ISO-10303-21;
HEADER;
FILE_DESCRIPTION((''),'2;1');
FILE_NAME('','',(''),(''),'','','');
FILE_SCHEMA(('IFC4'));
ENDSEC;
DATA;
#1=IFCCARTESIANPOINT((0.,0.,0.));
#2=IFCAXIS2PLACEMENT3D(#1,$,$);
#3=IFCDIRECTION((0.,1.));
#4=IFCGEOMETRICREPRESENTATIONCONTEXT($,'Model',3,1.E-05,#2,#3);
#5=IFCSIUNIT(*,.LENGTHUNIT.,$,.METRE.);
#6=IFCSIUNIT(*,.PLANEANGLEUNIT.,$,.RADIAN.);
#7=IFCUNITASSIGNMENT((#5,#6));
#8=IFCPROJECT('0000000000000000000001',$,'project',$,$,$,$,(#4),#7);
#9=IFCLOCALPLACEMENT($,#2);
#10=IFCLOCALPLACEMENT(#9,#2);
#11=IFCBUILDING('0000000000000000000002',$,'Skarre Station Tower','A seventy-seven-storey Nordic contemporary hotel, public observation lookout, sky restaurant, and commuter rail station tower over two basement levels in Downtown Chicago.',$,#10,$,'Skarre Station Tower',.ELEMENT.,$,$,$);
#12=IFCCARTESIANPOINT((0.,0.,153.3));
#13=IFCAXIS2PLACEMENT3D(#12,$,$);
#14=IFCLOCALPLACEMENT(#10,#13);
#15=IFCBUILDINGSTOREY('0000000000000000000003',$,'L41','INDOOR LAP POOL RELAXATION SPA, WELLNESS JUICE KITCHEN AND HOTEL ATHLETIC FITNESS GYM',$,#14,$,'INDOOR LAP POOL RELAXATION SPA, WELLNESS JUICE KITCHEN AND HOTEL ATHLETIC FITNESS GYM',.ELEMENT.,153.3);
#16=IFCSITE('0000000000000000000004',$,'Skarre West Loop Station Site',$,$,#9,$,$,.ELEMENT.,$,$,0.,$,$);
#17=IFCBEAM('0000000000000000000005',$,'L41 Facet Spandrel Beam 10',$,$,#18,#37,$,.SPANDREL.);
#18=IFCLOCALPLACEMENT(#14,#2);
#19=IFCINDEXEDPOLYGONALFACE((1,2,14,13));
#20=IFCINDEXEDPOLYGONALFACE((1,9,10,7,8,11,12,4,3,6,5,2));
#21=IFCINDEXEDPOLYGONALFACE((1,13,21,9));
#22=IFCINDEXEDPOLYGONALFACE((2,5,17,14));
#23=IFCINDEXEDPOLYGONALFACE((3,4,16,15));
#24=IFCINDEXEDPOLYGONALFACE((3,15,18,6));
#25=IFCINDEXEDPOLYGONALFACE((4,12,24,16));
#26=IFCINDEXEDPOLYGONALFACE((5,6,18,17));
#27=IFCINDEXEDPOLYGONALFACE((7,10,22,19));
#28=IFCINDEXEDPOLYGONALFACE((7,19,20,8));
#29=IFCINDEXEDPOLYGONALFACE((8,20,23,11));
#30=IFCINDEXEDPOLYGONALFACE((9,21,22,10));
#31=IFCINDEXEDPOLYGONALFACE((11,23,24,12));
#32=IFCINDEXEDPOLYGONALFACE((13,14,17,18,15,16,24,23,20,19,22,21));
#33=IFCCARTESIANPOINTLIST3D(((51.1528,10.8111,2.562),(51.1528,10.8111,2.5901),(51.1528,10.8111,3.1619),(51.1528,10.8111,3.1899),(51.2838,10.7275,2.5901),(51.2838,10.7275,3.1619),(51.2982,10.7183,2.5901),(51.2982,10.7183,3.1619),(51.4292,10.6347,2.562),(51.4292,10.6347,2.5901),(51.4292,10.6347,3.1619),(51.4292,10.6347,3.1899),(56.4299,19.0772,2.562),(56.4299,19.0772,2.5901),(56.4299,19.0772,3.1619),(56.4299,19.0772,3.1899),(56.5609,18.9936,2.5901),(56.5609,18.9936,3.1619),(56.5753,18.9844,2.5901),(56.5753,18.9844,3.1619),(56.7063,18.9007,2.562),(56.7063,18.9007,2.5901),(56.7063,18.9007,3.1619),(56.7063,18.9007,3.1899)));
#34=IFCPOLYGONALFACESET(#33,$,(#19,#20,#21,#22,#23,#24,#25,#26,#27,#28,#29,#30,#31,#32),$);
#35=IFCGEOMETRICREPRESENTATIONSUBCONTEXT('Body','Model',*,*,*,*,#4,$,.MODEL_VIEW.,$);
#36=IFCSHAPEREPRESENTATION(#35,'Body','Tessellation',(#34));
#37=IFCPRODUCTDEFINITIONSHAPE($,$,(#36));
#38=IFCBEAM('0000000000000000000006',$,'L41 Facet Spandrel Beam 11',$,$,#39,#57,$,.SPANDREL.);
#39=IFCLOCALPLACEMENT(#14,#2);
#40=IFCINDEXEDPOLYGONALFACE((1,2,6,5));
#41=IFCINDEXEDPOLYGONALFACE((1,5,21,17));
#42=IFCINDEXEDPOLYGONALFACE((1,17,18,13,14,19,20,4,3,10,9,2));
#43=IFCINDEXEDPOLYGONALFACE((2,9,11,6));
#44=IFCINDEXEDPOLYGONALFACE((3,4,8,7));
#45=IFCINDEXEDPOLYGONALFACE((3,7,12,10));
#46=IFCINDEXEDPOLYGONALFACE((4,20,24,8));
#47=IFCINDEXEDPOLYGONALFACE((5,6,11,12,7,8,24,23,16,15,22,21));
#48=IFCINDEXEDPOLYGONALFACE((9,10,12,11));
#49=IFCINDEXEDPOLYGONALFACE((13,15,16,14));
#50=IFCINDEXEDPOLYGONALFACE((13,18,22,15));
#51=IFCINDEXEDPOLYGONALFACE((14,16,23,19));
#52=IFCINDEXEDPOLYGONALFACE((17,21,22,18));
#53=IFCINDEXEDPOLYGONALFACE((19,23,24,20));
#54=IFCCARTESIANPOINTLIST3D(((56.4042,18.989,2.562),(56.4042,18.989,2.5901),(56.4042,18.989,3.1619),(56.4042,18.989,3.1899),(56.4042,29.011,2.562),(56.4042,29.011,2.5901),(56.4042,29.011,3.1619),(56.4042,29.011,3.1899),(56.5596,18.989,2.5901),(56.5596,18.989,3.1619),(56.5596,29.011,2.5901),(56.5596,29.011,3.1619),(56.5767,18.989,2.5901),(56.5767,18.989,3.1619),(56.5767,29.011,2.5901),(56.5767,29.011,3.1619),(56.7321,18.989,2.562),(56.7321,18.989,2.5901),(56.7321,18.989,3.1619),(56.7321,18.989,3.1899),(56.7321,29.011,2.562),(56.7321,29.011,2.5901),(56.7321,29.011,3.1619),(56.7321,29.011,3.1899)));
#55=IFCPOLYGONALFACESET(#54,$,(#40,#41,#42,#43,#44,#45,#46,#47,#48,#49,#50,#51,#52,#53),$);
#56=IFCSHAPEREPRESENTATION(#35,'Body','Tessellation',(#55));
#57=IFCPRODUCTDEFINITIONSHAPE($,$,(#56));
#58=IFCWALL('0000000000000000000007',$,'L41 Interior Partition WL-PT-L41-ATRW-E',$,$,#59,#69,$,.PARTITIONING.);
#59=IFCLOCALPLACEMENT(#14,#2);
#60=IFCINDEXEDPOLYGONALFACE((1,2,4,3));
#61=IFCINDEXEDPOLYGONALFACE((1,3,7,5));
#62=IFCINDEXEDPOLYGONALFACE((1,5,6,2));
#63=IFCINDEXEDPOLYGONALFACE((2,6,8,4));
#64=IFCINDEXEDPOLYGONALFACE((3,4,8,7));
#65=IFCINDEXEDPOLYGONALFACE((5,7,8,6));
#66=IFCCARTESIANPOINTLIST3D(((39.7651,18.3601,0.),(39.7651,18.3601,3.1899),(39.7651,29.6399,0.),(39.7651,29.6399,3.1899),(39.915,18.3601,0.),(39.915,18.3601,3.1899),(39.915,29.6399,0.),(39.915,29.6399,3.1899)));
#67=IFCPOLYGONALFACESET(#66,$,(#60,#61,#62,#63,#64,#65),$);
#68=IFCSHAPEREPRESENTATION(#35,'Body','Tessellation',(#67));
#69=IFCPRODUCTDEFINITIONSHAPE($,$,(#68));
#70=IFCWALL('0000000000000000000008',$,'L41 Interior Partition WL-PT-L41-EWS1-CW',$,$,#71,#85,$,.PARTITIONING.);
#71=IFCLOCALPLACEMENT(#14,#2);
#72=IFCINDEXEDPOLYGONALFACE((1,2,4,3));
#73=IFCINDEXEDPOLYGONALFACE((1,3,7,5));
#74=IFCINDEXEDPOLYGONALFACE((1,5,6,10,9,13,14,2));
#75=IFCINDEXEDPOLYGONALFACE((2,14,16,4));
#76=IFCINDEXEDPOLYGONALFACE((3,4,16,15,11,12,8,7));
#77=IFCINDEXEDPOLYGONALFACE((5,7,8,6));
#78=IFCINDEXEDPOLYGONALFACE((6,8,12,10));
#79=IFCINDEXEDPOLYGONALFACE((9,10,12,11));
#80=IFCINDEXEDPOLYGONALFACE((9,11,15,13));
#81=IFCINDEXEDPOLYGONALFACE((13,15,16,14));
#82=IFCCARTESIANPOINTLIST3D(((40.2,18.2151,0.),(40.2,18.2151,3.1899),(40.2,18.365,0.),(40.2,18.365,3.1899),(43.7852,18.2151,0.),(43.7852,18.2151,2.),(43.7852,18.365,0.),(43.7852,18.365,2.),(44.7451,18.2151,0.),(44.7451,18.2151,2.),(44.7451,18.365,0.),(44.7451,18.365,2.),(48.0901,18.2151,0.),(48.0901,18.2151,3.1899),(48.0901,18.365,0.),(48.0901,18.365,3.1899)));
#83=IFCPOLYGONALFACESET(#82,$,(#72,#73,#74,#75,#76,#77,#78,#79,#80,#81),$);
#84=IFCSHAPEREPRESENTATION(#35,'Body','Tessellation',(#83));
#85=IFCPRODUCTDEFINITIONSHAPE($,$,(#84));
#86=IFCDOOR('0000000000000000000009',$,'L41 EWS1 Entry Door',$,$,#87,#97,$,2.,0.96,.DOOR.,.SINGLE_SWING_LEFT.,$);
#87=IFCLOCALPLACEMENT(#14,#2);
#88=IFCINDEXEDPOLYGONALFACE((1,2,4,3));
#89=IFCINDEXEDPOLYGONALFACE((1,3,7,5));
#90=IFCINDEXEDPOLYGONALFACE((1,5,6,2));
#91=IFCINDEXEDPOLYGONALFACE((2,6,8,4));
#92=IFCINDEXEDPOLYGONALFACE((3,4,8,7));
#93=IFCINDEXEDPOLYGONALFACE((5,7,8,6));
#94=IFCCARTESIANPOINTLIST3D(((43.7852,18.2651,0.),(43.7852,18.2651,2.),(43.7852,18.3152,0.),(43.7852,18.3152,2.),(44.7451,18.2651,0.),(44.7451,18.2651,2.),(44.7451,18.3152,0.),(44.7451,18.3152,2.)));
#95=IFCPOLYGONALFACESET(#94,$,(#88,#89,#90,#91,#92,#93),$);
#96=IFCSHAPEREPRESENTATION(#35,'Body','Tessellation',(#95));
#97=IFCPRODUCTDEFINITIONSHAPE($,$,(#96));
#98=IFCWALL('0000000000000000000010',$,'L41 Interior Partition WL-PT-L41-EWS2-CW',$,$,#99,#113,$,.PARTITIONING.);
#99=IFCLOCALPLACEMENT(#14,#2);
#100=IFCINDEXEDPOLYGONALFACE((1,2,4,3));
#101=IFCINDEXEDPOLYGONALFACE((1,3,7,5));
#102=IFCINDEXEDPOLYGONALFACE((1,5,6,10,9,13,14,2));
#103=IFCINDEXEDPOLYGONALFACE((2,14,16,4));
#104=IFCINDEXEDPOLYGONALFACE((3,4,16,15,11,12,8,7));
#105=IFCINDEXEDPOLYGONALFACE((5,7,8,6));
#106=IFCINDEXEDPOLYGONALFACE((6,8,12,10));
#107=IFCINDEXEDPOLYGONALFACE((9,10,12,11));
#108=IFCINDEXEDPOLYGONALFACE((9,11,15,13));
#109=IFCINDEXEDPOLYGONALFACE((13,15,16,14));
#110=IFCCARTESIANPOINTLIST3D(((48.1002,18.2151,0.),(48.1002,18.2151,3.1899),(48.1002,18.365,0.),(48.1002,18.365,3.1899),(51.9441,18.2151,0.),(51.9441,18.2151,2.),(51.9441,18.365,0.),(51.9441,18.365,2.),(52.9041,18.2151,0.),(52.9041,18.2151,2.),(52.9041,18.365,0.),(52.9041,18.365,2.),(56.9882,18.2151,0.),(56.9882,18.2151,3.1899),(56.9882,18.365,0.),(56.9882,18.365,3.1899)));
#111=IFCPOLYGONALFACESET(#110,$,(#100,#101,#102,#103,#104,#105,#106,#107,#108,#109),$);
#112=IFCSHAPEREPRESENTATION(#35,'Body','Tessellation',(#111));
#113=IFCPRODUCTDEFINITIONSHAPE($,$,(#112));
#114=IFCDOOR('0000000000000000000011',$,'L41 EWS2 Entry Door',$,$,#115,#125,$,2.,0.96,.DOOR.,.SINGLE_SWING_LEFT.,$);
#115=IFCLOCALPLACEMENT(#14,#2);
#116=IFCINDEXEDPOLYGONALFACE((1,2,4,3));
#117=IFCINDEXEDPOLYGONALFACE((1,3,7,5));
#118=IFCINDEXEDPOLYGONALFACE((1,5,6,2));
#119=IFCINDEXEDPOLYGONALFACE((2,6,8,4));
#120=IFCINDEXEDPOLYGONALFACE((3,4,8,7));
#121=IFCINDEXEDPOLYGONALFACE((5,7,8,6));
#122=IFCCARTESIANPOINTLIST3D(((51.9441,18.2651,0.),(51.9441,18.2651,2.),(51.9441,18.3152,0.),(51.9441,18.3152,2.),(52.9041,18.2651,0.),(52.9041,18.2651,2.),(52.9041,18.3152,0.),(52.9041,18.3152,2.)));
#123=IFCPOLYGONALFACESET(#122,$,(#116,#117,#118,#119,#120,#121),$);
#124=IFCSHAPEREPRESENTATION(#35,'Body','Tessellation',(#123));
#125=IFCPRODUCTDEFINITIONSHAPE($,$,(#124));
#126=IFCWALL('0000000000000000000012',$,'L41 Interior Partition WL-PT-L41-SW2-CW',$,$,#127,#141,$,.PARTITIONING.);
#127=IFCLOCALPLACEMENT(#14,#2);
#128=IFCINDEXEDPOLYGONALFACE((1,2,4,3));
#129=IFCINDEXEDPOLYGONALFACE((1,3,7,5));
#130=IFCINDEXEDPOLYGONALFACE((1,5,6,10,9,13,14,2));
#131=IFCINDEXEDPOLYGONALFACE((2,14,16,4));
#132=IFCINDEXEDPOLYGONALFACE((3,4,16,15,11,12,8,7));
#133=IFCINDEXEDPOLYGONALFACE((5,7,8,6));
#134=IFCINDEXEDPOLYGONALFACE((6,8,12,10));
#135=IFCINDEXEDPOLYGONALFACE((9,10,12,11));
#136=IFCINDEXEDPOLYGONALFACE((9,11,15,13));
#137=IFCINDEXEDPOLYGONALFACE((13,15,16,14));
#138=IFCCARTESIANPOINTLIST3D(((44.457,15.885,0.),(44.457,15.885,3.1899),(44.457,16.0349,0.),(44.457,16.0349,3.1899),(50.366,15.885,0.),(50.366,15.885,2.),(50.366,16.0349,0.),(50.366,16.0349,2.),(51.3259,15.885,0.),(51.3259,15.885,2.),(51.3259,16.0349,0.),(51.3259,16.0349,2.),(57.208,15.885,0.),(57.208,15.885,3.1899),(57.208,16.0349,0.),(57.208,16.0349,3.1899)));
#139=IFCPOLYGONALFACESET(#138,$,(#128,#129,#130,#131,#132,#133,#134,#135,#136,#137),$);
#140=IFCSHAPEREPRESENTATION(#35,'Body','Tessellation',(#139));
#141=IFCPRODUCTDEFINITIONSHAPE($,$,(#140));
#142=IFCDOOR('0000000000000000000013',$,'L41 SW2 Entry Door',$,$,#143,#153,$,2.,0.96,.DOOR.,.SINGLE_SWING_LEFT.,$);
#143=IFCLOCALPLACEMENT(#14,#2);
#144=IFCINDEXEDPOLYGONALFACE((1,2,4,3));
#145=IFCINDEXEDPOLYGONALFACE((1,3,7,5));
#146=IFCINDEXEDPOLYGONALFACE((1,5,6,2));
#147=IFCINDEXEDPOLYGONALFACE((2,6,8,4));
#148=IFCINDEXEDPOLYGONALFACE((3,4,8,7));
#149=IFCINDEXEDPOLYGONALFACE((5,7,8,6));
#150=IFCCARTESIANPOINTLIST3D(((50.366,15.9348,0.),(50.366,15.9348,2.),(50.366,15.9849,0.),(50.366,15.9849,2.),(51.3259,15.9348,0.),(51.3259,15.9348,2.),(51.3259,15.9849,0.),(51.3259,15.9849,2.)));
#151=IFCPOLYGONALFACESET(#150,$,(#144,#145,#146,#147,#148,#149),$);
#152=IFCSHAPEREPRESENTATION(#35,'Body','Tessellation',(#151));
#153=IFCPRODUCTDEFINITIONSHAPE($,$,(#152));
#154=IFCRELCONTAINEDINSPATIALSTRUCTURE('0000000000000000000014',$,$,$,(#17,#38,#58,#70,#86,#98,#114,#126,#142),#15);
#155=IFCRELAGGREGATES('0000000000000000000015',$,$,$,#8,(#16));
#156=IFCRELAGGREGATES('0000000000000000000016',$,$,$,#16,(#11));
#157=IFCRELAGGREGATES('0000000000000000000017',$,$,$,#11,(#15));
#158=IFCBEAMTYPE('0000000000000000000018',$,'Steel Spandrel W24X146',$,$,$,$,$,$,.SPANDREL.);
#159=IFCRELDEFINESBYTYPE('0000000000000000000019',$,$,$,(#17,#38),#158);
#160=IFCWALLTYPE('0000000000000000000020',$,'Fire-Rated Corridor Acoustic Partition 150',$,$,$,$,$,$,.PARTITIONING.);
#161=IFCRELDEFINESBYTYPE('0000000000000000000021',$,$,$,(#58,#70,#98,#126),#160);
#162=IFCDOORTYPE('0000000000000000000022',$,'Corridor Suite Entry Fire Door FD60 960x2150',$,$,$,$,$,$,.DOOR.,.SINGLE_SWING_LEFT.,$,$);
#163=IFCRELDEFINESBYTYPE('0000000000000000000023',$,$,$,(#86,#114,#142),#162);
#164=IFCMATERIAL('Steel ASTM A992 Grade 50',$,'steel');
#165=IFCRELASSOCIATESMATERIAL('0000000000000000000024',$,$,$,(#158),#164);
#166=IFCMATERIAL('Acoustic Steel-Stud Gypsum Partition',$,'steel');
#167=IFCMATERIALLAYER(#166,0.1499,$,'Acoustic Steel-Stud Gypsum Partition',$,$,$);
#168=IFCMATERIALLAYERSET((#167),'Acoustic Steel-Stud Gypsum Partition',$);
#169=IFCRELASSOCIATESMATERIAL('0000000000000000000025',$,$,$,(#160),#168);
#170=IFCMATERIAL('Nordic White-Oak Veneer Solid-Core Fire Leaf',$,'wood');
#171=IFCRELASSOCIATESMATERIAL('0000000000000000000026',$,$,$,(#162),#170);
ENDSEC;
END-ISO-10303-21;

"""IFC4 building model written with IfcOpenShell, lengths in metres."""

from ifc_helpers import new_model, si_unit, direction, frame, frame_2d, origin, origin_2d, place, context, subcontext, project, spatial, rectangle, i_section, extrude, material, layer, layer_set, material_profile, profile_set, type_object, element, fill, save


model = new_model("IFC4")

# Units and contexts
model_context = context("Model", 3, precision=1e-05, world=origin(), true_north=direction((0.0, 1.0)))
body_context = subcontext(model_context, "Body", "Model", "MODEL_VIEW")
ifc_project = project(units=[si_unit("LENGTHUNIT", "METRE"), si_unit("PLANEANGLEUNIT", "RADIAN")], contexts=[model_context])

# Site, building, storey
site_placement = place(None, origin())
site = spatial("IfcSite", under=ifc_project, at=site_placement, Name="Skarre West Loop Station Site", CompositionType="ELEMENT", RefElevation=0.0)
building_placement = place(site_placement, origin())
building = spatial("IfcBuilding", under=site, at=building_placement, Name="Skarre Station Tower", Description="A seventy-seven-storey Nordic contemporary hotel, public observation lookout, sky restaurant, and commuter rail station tower over two basement levels in Downtown Chicago.", LongName="Skarre Station Tower", CompositionType="ELEMENT")
storey_placement = place(building_placement, frame((0.0, 0.0, 153.3)))
storey = spatial("IfcBuildingStorey", under=building, at=storey_placement, Name="L41", Description="INDOOR LAP POOL RELAXATION SPA, WELLNESS JUICE KITCHEN AND HOTEL ATHLETIC FITNESS GYM", LongName="INDOOR LAP POOL RELAXATION SPA, WELLNESS JUICE KITCHEN AND HOTEL ATHLETIC FITNESS GYM", CompositionType="ELEMENT", Elevation=153.3)

# Beams
ifc_material_1 = material(Name="Steel ASTM A992 Grade 50", Category="steel")
ifc_material_profile_1 = material_profile(ifc_material_1, i_section(OverallWidth=0.3279, OverallDepth=0.6279, WebThickness=0.0171, FlangeThickness=0.0281, at=origin_2d()), Name="Steel ASTM A992 Grade 50")
ifc_profile_set_1 = profile_set([ifc_material_profile_1], Name="Steel ASTM A992 Grade 50")
beam_type_1 = type_object("IfcBeamType", Name="Steel Spandrel W24X146", PredefinedType="SPANDREL", material=ifc_profile_set_1)
beam_1_placement = place(storey_placement, frame((51.291, 10.7229, 2.876), z_axis=(0.538098, 0.842883, 0.0), x_axis=(-0.842883, 0.538098, 0.0)))
element("IfcBeam", 1, at=beam_1_placement, inside=storey, type_object=beam_type_1, Name="L41 Facet Spandrel Beam 10", PredefinedType="SPANDREL", context=body_context, shape_type="SweptSolid", body=[
    extrude(i_section(OverallWidth=0.3279, OverallDepth=0.6279, WebThickness=0.0171, FlangeThickness=0.0281, at=origin_2d()), origin(), (0.0, 0.0, 1.0), 9.8069),
])
beam_2_placement = place(storey_placement, frame((56.5681, 18.989, 2.876), z_axis=(0.0, 1.0, 0.0), x_axis=(-1.0, 0.0, 0.0)))
element("IfcBeam", 2, at=beam_2_placement, inside=storey, type_object=beam_type_1, Name="L41 Facet Spandrel Beam 11", PredefinedType="SPANDREL", context=body_context, shape_type="SweptSolid", body=[
    extrude(i_section(OverallWidth=0.3279, OverallDepth=0.6279, WebThickness=0.0171, FlangeThickness=0.0281, at=origin_2d()), origin(), (0.0, 0.0, 1.0), 10.022),
])

# Wall
ifc_material_2 = material(Name="Acoustic Steel-Stud Gypsum Partition", Category="steel")
ifc_layer_1 = layer(ifc_material_2, 0.1499, Name="Acoustic Steel-Stud Gypsum Partition")
ifc_layer_set_1 = layer_set([ifc_layer_1], Name="Acoustic Steel-Stud Gypsum Partition")
wall_type_1 = type_object("IfcWallType", Name="Fire-Rated Corridor Acoustic Partition 150", PredefinedType="PARTITIONING", material=ifc_layer_set_1)
wall_1_placement = place(storey_placement, frame((39.8401, 18.3601, 0.0), z_axis=(0.0, 0.0, 1.0), x_axis=(0.0, 1.0, 0.0)))
element("IfcWall", 3, at=wall_1_placement, inside=storey, type_object=wall_type_1, Name="L41 Interior Partition WL-PT-L41-ATRW-E", PredefinedType="PARTITIONING", context=body_context, shape_type="SweptSolid", body=[
    extrude(rectangle(XDim=11.2798, YDim=0.1499, at=frame_2d((5.6399, 0.0))), origin(), (0.0, 0.0, 1.0), 3.1899),
])

# Walls, openings, doors
wall_2_placement = place(storey_placement, frame((48.0901, 18.29, 0.0), z_axis=(0.0, 0.0, 1.0), x_axis=(-1.0, 0.0, 0.0)))
wall_2 = element("IfcWall", 4, at=wall_2_placement, inside=storey, type_object=wall_type_1, Name="L41 Interior Partition WL-PT-L41-EWS1-CW", PredefinedType="PARTITIONING", context=body_context, shape_type="SweptSolid", body=[
    extrude(rectangle(XDim=7.8901, YDim=0.1499, at=frame_2d((3.9451, 0.0))), origin(), (0.0, 0.0, 1.0), 3.1899),
])
opening_1_placement = place(wall_2_placement, frame((3.345, 0.0, 0.0)))
opening_1 = element("IfcOpeningElement", 5, at=opening_1_placement, cuts=wall_2, PredefinedType="OPENING", context=body_context, shape_type="SweptSolid", body=[
    extrude(rectangle(XDim=0.96, YDim=2.0, at=frame_2d((0.48, 1.0))), frame((0.0, 0.085, 0.0), z_axis=(0.0, -1.0, 0.0), x_axis=(1.0, 0.0, 0.0)), (0.0, 0.0, 1.0), 0.1699),
])
ifc_material_3 = material(Name="Nordic White-Oak Veneer Solid-Core Fire Leaf", Category="wood")
door_type_1 = type_object("IfcDoorType", Name="Corridor Suite Entry Fire Door FD60 960x2150", OperationType="SINGLE_SWING_LEFT", PredefinedType="DOOR", material=ifc_material_3)
door_1_placement = place(opening_1_placement, origin())
door_1 = element("IfcDoor", 6, at=door_1_placement, inside=storey, type_object=door_type_1, Name="L41 EWS1 Entry Door", OperationType="SINGLE_SWING_LEFT", OverallHeight=2.0, OverallWidth=0.96, PredefinedType="DOOR", context=body_context, shape_type="SweptSolid", body=[
    extrude(rectangle(XDim=0.96, YDim=2.0, at=frame_2d((0.48, 1.0))), frame((0.0, 0.0249, 0.0), z_axis=(0.0, -1.0, 0.0), x_axis=(1.0, 0.0, 0.0)), (0.0, 0.0, 1.0), 0.05),
])
fill(opening_1, door_1)
wall_3_placement = place(storey_placement, frame((56.988, 18.29, 0.0), z_axis=(0.0, 0.0, 1.0), x_axis=(-1.0, 0.0, 0.0)))
wall_3 = element("IfcWall", 7, at=wall_3_placement, inside=storey, type_object=wall_type_1, Name="L41 Interior Partition WL-PT-L41-EWS2-CW", PredefinedType="PARTITIONING", context=body_context, shape_type="SweptSolid", body=[
    extrude(rectangle(XDim=8.8879, YDim=0.1499, at=frame_2d((4.4438, 0.0))), origin(), (0.0, 0.0, 1.0), 3.1899),
])
opening_2_placement = place(wall_3_placement, frame((4.084, 0.0, 0.0)))
opening_2 = element("IfcOpeningElement", 8, at=opening_2_placement, cuts=wall_3, PredefinedType="OPENING", context=body_context, shape_type="SweptSolid", body=[
    extrude(rectangle(XDim=0.96, YDim=2.0, at=frame_2d((0.48, 1.0))), frame((0.0, 0.085, 0.0), z_axis=(0.0, -1.0, 0.0), x_axis=(1.0, 0.0, 0.0)), (0.0, 0.0, 1.0), 0.1699),
])
door_2_placement = place(opening_2_placement, origin())
door_2 = element("IfcDoor", 9, at=door_2_placement, inside=storey, type_object=door_type_1, Name="L41 EWS2 Entry Door", OperationType="SINGLE_SWING_LEFT", OverallHeight=2.0, OverallWidth=0.96, PredefinedType="DOOR", context=body_context, shape_type="SweptSolid", body=[
    extrude(rectangle(XDim=0.96, YDim=2.0, at=frame_2d((0.48, 1.0))), frame((0.0, 0.0249, 0.0), z_axis=(0.0, -1.0, 0.0), x_axis=(1.0, 0.0, 0.0)), (0.0, 0.0, 1.0), 0.05),
])
fill(opening_2, door_2)
wall_4_placement = place(storey_placement, frame((44.457, 15.96, 0.0), z_axis=(0.0, 0.0, 1.0), x_axis=(1.0, 0.0, 0.0)))
wall_4 = element("IfcWall", 10, at=wall_4_placement, inside=storey, type_object=wall_type_1, Name="L41 Interior Partition WL-PT-L41-SW2-CW", PredefinedType="PARTITIONING", context=body_context, shape_type="SweptSolid", body=[
    extrude(rectangle(XDim=12.751, YDim=0.1499, at=frame_2d((6.3755, 0.0))), origin(), (0.0, 0.0, 1.0), 3.1899),
])
opening_3_placement = place(wall_4_placement, frame((5.9089, 0.0, 0.0)))
opening_3 = element("IfcOpeningElement", 11, at=opening_3_placement, cuts=wall_4, PredefinedType="OPENING", context=body_context, shape_type="SweptSolid", body=[
    extrude(rectangle(XDim=0.96, YDim=2.0, at=frame_2d((0.48, 1.0))), frame((0.0, 0.085, 0.0), z_axis=(0.0, -1.0, 0.0), x_axis=(1.0, 0.0, 0.0)), (0.0, 0.0, 1.0), 0.1699),
])
door_3_placement = place(opening_3_placement, origin())
door_3 = element("IfcDoor", 12, at=door_3_placement, inside=storey, type_object=door_type_1, Name="L41 SW2 Entry Door", OperationType="SINGLE_SWING_LEFT", OverallHeight=2.0, OverallWidth=0.96, PredefinedType="DOOR", context=body_context, shape_type="SweptSolid", body=[
    extrude(rectangle(XDim=0.96, YDim=2.0, at=frame_2d((0.48, 1.0))), frame((0.0, 0.0249, 0.0), z_axis=(0.0, -1.0, 0.0), x_axis=(1.0, 0.0, 0.0)), (0.0, 0.0, 1.0), 0.05),
])
fill(opening_3, door_3)

save(model, "model.ifc")
